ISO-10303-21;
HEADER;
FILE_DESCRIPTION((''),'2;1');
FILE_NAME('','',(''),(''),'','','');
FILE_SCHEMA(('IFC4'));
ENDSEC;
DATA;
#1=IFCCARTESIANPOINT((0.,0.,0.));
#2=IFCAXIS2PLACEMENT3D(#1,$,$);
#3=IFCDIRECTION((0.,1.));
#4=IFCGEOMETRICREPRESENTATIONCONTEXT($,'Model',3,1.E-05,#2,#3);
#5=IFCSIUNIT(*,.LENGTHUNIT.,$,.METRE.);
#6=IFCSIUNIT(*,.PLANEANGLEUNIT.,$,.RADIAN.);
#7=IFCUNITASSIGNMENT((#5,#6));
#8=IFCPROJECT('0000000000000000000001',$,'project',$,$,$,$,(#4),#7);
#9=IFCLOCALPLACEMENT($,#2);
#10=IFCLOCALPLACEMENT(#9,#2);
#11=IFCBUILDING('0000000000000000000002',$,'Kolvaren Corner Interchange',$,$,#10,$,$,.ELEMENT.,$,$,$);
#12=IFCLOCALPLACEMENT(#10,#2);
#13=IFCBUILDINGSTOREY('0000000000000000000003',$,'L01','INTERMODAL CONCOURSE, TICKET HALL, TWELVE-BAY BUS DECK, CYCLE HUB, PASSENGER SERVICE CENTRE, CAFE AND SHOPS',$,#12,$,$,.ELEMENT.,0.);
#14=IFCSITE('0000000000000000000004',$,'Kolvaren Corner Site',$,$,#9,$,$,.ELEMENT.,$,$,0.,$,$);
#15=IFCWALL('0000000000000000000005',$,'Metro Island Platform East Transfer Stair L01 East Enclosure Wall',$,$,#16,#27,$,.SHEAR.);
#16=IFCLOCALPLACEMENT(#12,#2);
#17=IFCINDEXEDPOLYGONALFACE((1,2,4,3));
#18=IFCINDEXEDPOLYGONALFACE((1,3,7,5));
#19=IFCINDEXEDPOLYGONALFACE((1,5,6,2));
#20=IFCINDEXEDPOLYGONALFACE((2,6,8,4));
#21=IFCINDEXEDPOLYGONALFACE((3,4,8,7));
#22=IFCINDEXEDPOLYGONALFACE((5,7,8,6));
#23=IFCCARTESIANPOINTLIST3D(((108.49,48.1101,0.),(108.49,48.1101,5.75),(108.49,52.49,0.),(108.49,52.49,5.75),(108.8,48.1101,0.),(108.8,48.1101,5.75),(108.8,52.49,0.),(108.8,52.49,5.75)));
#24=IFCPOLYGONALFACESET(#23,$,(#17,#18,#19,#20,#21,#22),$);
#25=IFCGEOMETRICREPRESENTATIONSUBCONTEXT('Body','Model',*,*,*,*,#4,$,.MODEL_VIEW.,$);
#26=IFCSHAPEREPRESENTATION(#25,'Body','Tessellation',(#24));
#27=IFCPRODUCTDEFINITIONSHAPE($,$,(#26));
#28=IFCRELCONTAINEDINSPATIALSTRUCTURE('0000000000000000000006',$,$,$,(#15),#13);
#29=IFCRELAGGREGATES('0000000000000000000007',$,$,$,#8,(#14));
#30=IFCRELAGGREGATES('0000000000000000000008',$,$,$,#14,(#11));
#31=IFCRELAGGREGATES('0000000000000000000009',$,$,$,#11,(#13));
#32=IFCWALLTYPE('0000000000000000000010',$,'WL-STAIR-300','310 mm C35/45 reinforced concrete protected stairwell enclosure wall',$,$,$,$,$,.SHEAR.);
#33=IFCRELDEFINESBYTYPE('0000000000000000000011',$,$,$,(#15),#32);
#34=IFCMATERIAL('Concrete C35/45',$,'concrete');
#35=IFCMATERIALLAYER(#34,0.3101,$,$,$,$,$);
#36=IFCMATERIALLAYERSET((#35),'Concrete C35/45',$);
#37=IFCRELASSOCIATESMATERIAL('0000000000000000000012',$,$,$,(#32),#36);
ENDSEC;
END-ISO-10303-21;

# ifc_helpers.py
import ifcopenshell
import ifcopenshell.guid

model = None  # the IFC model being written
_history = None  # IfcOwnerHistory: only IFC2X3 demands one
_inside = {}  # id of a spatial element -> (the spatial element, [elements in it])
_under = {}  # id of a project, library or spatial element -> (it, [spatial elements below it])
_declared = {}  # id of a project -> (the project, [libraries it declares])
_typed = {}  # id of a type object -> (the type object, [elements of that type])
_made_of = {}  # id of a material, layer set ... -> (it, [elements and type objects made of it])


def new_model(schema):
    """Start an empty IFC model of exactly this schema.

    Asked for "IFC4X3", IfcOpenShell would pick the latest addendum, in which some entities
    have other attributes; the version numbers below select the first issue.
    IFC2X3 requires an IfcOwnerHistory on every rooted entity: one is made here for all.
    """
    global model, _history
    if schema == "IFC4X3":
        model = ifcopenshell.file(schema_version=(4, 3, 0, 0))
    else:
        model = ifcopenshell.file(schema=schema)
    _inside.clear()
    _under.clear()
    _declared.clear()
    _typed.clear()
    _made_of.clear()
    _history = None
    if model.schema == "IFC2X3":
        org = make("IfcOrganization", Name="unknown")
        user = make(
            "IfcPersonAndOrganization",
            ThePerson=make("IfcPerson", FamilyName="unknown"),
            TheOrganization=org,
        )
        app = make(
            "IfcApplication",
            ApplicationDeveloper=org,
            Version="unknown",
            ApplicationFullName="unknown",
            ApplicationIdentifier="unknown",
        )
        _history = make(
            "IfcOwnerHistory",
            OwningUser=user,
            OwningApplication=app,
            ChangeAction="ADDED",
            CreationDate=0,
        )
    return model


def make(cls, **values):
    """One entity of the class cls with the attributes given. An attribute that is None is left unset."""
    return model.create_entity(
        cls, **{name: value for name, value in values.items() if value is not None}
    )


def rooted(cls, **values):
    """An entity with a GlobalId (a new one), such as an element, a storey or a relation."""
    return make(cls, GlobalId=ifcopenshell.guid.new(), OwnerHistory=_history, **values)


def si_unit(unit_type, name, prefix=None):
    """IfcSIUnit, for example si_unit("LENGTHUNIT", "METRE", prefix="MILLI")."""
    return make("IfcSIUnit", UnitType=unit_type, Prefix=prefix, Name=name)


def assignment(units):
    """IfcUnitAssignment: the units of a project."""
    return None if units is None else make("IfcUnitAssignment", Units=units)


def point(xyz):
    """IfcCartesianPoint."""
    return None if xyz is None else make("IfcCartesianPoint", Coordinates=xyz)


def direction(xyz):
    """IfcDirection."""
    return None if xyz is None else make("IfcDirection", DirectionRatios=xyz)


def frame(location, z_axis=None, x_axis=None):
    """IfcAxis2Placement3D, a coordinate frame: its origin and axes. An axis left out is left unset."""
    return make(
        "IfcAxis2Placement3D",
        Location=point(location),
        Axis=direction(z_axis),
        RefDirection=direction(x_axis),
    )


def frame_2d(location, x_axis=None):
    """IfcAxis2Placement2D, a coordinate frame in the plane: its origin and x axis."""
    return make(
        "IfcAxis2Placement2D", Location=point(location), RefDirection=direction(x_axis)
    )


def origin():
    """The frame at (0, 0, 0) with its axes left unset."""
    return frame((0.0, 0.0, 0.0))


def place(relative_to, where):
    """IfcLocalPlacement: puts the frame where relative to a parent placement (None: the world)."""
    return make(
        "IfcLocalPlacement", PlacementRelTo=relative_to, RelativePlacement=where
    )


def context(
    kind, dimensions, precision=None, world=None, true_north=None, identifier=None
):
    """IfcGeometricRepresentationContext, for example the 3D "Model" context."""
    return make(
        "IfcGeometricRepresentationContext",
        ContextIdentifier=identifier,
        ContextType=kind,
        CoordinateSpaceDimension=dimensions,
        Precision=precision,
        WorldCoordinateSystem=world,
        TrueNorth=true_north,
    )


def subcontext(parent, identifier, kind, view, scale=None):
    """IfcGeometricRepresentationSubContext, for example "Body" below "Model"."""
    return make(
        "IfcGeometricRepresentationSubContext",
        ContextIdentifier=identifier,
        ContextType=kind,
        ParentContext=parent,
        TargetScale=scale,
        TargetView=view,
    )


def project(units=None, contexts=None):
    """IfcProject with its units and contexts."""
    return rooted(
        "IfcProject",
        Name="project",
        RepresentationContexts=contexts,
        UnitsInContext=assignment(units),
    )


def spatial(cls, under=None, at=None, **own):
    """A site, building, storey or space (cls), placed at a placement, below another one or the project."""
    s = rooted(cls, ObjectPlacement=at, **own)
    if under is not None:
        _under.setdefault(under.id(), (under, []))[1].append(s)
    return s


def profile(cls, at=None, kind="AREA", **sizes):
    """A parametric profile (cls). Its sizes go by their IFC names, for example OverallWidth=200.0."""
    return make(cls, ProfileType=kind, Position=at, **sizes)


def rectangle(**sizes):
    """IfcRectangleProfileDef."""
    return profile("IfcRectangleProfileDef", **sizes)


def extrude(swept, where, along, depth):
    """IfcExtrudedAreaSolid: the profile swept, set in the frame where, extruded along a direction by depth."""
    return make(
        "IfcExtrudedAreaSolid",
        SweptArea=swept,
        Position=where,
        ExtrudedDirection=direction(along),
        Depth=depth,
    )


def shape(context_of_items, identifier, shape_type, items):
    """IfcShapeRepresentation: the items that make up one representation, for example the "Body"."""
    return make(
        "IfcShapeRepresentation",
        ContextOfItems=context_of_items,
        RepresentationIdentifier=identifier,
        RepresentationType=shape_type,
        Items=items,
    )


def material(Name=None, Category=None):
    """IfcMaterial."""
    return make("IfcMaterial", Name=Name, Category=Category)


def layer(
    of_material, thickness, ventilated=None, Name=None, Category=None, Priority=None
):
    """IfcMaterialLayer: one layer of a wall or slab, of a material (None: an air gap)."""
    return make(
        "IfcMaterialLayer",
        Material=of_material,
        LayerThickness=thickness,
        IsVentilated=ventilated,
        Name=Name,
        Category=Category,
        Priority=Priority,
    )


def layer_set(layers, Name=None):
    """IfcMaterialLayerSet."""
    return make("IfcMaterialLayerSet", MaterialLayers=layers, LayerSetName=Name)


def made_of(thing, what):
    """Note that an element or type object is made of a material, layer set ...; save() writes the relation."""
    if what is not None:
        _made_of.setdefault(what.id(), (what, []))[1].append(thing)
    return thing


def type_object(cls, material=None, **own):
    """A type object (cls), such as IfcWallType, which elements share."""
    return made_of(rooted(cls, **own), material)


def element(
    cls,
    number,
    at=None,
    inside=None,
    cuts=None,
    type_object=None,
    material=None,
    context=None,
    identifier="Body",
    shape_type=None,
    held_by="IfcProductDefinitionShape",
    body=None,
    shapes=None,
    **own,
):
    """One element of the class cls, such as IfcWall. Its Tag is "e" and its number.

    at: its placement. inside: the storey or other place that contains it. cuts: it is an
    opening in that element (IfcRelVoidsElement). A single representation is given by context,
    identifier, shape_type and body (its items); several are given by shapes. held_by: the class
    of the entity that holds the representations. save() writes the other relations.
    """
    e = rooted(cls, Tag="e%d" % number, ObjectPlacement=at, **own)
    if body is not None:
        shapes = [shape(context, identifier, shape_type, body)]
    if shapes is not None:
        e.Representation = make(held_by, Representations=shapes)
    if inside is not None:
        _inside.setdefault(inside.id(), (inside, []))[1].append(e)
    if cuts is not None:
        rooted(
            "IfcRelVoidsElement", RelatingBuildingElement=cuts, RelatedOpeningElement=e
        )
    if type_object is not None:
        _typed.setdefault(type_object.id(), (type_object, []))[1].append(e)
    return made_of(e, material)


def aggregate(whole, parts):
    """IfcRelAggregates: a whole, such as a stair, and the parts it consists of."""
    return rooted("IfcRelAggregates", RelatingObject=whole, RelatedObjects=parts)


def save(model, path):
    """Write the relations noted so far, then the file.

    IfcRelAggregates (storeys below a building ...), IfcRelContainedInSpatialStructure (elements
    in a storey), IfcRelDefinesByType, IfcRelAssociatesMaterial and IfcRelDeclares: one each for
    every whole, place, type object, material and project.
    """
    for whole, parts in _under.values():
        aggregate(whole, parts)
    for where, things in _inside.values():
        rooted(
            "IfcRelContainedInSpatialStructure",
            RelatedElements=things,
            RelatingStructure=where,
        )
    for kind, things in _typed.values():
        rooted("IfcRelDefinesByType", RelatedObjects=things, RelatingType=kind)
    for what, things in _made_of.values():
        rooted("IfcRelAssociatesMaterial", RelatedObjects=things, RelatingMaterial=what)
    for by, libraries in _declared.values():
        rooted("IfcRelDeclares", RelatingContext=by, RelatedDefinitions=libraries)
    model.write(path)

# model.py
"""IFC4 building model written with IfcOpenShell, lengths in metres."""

from ifc_helpers import new_model, si_unit, direction, frame, frame_2d, origin, place, context, subcontext, project, spatial, rectangle, extrude, material, layer, layer_set, type_object, element, save


model = new_model("IFC4")

# Units and contexts
model_context = context("Model", 3, precision=1e-05, world=origin(), true_north=direction((0.0, 1.0)))
body_context = subcontext(model_context, "Body", "Model", "MODEL_VIEW")
ifc_project = project(units=[si_unit("LENGTHUNIT", "METRE"), si_unit("PLANEANGLEUNIT", "RADIAN")], contexts=[model_context])

# Site, building, storey
site_placement = place(None, origin())
site = spatial("IfcSite", under=ifc_project, at=site_placement, Name="Kolvaren Corner Site", CompositionType="ELEMENT", RefElevation=0.0)
building_placement = place(site_placement, origin())
building = spatial("IfcBuilding", under=site, at=building_placement, Name="Kolvaren Corner Interchange", CompositionType="ELEMENT")
storey_placement = place(building_placement, origin())
storey = spatial("IfcBuildingStorey", under=building, at=storey_placement, Name="L01", Description="INTERMODAL CONCOURSE, TICKET HALL, TWELVE-BAY BUS DECK, CYCLE HUB, PASSENGER SERVICE CENTRE, CAFE AND SHOPS", CompositionType="ELEMENT", Elevation=0.0)

# Wall
ifc_material_1 = material(Name="Concrete C35/45", Category="concrete")
ifc_layer = layer(ifc_material_1, 0.3101)
ifc_layer_set = layer_set([ifc_layer], Name="Concrete C35/45")
wall_type = type_object("IfcWallType", Name="WL-STAIR-300", Description="310 mm C35/45 reinforced concrete protected stairwell enclosure wall", PredefinedType="SHEAR", material=ifc_layer_set)
wall_placement = place(storey_placement, frame((108.645, 48.1101, 0.0), z_axis=(0.0, 0.0, 1.0), x_axis=(0.0, 1.0, 0.0)))
element("IfcWall", 1, at=wall_placement, inside=storey, type_object=wall_type, Name="Metro Island Platform East Transfer Stair L01 East Enclosure Wall", PredefinedType="SHEAR", context=body_context, shape_type="SweptSolid", body=[
    extrude(rectangle(XDim=4.3799, YDim=0.3101, at=frame_2d((2.1899, 0.0))), origin(), (0.0, 0.0, 1.0), 5.75),
])

save(model, "model.ifc")
